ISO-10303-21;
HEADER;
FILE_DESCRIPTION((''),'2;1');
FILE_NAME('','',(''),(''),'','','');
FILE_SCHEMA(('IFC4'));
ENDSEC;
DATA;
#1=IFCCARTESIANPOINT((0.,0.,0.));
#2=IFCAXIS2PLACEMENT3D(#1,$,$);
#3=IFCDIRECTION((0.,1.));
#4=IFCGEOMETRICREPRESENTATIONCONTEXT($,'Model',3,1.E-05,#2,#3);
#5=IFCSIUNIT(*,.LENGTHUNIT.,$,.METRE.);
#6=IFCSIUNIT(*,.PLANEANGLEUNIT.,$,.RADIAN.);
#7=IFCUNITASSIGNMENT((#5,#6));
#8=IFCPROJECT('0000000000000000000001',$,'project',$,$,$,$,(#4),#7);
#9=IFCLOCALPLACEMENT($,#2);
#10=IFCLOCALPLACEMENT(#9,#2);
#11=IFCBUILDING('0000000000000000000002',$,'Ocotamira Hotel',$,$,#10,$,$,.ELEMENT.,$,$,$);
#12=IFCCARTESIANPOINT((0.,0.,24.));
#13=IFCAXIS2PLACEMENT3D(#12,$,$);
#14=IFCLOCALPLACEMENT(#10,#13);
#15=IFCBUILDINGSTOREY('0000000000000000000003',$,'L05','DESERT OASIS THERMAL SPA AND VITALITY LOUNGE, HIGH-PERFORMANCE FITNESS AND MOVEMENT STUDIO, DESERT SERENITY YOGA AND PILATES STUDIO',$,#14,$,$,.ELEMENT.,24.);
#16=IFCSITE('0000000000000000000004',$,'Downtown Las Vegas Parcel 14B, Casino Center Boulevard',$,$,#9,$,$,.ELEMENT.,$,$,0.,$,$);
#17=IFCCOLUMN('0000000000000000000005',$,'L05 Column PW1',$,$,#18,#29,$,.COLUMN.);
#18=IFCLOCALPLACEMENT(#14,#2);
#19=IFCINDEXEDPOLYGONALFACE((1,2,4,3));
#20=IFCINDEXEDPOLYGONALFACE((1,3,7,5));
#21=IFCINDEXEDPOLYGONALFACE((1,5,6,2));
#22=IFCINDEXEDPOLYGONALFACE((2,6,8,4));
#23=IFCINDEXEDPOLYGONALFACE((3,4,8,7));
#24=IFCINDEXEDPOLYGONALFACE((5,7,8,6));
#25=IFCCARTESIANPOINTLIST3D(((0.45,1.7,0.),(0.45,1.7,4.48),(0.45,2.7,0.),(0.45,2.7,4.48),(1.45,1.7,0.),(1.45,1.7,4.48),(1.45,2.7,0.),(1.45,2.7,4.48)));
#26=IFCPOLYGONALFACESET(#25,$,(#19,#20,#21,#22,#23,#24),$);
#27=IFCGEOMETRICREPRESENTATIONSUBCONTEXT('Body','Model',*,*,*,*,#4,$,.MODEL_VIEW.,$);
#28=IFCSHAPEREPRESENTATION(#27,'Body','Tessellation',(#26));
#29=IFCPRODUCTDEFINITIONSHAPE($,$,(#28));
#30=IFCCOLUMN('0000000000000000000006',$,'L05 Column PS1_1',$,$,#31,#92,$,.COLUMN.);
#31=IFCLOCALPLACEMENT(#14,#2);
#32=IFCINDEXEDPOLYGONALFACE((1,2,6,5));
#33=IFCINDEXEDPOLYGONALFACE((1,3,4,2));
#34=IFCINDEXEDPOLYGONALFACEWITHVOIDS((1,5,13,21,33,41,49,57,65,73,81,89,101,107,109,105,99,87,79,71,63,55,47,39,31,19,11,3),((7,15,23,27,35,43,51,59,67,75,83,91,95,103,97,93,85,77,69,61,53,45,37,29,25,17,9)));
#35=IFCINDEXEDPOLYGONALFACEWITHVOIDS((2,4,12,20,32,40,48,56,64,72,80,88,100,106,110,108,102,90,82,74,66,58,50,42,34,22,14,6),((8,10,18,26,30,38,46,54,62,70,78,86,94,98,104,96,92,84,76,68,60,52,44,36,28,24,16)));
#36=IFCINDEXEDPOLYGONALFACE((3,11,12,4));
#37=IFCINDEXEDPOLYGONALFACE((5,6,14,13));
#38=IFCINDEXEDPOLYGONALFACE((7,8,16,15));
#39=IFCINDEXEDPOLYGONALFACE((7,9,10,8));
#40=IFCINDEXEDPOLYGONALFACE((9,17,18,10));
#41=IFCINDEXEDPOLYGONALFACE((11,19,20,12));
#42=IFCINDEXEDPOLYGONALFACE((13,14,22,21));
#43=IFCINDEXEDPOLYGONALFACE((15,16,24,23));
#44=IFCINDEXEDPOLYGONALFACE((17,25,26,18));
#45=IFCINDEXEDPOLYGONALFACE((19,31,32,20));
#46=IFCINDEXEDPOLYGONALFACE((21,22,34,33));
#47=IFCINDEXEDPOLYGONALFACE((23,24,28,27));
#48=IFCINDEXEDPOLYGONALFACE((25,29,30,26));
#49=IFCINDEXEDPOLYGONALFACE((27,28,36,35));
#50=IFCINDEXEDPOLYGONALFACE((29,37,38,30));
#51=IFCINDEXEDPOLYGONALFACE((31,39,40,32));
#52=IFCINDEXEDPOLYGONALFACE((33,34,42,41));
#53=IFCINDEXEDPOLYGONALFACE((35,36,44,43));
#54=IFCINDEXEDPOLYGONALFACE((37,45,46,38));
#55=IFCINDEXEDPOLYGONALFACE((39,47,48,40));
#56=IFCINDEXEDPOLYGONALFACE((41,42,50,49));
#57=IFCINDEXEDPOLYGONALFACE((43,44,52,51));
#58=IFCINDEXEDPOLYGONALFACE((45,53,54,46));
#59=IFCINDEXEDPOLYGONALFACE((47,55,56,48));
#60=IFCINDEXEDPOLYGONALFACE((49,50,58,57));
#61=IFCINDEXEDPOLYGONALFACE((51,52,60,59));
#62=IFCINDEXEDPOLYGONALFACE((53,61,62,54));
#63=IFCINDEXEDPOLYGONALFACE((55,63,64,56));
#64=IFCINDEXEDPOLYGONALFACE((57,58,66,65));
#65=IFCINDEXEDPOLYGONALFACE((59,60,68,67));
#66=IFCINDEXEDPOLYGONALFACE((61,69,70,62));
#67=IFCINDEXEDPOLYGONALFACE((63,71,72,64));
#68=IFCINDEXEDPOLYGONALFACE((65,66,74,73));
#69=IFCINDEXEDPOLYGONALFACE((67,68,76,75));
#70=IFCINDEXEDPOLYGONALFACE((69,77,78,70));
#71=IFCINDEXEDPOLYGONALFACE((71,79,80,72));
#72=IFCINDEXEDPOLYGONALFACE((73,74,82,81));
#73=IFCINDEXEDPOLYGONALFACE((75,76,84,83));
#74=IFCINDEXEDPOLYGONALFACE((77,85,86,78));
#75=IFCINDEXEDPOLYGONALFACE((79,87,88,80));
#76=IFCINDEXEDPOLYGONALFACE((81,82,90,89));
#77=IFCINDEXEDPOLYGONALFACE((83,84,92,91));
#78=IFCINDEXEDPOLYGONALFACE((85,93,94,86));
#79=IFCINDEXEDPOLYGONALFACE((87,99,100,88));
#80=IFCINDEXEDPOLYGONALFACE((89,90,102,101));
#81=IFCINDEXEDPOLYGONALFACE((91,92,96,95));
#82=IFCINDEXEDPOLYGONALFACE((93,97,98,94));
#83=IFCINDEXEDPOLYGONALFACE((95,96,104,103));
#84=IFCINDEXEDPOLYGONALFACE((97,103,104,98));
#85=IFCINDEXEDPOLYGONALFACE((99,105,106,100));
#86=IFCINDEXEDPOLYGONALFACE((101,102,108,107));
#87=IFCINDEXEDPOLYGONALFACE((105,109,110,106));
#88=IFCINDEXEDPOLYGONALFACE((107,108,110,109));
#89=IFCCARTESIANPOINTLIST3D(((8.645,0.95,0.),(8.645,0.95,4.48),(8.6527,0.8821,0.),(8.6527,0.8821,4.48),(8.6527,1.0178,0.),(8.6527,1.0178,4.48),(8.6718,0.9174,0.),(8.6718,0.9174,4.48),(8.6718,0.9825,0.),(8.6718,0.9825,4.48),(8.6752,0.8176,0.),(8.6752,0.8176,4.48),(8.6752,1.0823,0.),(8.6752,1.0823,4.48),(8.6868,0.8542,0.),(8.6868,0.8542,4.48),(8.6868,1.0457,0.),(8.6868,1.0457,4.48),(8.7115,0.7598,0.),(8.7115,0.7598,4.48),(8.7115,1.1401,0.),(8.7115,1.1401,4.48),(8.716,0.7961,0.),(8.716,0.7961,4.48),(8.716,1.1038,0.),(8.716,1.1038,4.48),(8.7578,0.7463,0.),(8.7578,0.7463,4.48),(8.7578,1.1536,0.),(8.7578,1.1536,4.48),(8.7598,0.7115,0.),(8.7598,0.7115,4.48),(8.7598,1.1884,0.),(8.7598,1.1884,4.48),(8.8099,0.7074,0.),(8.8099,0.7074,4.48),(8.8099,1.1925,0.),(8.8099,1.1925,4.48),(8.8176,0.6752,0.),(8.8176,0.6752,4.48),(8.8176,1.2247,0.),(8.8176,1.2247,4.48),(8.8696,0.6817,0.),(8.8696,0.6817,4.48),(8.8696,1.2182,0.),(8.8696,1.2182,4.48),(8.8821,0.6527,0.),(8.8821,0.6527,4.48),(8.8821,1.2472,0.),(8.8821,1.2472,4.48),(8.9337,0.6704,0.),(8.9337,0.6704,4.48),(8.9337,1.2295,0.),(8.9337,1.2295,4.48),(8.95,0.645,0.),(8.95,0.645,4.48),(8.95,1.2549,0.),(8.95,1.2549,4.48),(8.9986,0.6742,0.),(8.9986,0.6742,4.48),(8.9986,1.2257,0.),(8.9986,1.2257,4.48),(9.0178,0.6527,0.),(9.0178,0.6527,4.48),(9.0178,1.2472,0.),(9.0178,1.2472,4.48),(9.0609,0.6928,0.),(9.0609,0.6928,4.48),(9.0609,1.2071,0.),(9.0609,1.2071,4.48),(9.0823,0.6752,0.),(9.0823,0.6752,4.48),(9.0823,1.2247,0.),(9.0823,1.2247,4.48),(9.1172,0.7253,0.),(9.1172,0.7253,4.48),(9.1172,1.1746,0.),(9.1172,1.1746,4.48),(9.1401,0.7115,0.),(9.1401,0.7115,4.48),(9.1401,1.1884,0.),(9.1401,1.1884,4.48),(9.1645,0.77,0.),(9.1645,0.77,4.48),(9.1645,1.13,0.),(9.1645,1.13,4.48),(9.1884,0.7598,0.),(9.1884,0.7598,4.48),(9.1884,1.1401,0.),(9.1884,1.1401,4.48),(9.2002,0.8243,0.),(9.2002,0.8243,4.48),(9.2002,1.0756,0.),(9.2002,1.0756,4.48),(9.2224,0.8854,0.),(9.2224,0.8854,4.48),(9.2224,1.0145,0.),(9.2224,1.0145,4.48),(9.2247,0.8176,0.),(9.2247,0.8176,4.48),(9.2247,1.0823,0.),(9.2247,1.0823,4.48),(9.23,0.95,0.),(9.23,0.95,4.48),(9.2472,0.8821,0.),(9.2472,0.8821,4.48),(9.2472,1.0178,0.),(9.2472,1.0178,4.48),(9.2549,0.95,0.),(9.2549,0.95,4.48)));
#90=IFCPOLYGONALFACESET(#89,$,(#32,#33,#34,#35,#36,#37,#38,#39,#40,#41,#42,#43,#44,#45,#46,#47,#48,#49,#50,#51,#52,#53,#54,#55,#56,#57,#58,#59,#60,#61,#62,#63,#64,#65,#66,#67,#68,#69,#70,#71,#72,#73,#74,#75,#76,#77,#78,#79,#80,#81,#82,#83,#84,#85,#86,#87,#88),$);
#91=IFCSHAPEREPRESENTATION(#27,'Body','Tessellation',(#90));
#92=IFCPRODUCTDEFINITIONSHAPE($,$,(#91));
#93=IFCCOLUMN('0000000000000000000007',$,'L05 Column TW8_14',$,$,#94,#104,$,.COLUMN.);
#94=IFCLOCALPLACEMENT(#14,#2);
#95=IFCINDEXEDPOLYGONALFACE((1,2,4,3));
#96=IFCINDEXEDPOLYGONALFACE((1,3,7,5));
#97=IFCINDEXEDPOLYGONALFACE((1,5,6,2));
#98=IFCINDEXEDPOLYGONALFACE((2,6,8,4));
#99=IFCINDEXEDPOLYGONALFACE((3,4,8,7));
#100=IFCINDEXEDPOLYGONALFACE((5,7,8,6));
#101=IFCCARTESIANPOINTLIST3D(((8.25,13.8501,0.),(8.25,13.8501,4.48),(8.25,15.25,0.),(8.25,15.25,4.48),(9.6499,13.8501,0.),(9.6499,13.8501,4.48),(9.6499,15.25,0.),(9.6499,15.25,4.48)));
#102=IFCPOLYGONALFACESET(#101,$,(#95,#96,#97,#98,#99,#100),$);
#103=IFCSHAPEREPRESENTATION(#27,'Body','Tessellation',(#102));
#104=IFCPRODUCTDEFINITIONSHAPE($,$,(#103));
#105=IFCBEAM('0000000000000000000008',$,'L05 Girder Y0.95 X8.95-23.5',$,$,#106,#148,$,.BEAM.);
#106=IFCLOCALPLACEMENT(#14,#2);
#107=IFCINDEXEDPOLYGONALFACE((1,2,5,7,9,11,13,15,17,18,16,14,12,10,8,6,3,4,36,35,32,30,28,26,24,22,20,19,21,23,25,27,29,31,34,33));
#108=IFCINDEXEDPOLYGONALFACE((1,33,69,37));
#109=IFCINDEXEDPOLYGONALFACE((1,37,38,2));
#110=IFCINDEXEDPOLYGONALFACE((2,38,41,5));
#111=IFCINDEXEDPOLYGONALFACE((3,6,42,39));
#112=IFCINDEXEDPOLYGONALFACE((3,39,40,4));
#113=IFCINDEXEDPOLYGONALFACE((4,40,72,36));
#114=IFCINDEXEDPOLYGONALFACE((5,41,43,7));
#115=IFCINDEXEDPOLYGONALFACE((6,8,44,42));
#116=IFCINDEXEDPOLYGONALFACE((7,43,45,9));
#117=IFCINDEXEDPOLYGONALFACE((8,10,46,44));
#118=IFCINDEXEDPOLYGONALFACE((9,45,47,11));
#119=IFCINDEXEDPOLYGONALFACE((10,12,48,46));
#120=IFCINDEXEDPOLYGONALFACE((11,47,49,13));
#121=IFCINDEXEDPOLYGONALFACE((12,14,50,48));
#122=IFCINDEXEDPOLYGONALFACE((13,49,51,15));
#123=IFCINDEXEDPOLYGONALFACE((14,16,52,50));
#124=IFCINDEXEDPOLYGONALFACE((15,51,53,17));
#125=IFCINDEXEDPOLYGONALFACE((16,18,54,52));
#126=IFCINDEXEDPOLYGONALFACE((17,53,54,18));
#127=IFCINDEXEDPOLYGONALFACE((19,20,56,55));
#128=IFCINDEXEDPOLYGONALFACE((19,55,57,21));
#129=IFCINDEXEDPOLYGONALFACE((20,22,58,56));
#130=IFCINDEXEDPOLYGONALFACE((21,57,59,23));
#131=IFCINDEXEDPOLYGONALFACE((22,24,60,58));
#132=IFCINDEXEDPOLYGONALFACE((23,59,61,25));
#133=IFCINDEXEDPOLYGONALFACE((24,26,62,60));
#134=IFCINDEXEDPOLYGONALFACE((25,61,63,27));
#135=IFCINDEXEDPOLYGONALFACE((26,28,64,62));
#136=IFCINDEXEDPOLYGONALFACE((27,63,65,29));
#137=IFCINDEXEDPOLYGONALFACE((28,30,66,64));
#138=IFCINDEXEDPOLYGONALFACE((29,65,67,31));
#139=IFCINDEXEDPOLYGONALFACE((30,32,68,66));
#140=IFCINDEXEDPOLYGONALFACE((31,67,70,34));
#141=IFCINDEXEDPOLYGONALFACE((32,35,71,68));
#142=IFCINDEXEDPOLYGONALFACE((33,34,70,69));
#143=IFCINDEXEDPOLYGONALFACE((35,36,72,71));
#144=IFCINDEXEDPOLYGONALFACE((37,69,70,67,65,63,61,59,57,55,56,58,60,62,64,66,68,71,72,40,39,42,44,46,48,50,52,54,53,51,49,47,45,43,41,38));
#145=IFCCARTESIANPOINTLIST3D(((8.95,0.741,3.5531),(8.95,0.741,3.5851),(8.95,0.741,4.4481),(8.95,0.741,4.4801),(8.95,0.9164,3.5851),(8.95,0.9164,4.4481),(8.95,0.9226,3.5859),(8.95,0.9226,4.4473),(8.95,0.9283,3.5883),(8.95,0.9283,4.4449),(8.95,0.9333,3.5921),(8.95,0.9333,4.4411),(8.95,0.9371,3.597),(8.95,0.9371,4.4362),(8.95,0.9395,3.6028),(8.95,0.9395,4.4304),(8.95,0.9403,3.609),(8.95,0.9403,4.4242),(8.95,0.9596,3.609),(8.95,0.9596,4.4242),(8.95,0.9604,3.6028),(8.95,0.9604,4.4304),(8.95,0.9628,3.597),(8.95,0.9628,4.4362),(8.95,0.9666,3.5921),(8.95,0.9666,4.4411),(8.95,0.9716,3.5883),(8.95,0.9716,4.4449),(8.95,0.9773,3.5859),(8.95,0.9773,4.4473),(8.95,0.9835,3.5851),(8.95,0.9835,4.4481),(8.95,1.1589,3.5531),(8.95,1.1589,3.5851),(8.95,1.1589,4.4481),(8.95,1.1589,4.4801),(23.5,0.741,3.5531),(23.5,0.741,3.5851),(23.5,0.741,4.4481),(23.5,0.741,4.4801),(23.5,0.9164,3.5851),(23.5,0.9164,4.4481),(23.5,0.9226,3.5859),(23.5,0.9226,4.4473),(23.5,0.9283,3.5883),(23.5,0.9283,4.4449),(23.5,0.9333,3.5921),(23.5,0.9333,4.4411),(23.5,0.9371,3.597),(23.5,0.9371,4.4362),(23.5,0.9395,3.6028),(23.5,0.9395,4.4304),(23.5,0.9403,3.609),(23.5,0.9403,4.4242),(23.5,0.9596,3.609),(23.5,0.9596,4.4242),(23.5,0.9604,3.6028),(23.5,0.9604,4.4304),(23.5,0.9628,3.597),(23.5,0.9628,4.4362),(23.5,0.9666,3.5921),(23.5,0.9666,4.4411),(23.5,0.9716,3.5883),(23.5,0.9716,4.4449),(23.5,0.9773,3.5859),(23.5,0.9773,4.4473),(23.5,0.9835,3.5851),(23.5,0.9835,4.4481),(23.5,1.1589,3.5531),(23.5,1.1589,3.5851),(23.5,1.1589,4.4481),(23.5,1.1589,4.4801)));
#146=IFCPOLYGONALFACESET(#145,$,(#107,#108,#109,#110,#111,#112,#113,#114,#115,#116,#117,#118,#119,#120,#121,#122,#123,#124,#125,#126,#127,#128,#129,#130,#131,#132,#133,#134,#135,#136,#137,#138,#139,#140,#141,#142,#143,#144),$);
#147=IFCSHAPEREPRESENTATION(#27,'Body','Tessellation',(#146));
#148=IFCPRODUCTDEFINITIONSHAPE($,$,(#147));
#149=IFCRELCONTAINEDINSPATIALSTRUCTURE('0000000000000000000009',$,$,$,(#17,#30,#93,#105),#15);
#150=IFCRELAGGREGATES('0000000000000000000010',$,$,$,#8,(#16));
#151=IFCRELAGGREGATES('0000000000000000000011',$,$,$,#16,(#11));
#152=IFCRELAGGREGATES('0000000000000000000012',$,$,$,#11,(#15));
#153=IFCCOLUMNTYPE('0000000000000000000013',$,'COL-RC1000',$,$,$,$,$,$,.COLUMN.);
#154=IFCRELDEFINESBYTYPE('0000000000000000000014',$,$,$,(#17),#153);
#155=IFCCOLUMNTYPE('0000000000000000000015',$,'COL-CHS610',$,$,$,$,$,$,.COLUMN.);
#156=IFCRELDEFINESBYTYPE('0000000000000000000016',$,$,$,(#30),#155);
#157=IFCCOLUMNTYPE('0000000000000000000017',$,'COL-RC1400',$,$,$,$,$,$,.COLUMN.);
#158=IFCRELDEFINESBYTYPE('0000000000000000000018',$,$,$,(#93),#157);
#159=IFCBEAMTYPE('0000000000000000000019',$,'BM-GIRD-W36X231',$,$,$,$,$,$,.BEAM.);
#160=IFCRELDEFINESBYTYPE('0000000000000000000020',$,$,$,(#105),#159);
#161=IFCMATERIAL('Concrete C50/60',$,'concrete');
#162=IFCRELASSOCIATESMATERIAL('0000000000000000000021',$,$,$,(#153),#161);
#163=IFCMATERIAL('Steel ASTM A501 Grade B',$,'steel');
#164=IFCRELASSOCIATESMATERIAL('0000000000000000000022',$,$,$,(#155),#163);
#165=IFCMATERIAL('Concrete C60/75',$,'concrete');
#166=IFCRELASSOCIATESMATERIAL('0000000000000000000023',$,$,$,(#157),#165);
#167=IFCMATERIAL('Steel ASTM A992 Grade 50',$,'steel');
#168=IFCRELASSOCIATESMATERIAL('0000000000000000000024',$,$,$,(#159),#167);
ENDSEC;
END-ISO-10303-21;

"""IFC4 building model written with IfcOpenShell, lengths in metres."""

from ifc_helpers import new_model, si_unit, direction, frame, origin, origin_2d, place, context, subcontext, project, spatial, rectangle, hollow_circle, i_section, extrude, source, transform, mapped, material, material_profile, profile_set, type_object, element, save


model = new_model("IFC4")

# Units and contexts
model_context = context("Model", 3, precision=1e-05, world=origin(), true_north=direction((0.0, 1.0)))
body_context = subcontext(model_context, "Body", "Model", "MODEL_VIEW")
ifc_project = project(units=[si_unit("LENGTHUNIT", "METRE"), si_unit("PLANEANGLEUNIT", "RADIAN")], contexts=[model_context])

# Site, building, storey
site_placement = place(None, origin())
site = spatial("IfcSite", under=ifc_project, at=site_placement, Name="Downtown Las Vegas Parcel 14B, Casino Center Boulevard", CompositionType="ELEMENT", RefElevation=0.0)
building_placement = place(site_placement, origin())
building = spatial("IfcBuilding", under=site, at=building_placement, Name="Ocotamira Hotel", CompositionType="ELEMENT")
storey_placement = place(building_placement, frame((0.0, 0.0, 24.0)))
storey = spatial("IfcBuildingStorey", under=building, at=storey_placement, Name="L05", Description="DESERT OASIS THERMAL SPA AND VITALITY LOUNGE, HIGH-PERFORMANCE FITNESS AND MOVEMENT STUDIO, DESERT SERENITY YOGA AND PILATES STUDIO", CompositionType="ELEMENT", Elevation=24.0)

# Columns
ifc_material_1 = material(Name="Concrete C50/60", Category="concrete")
ifc_material_profile_1 = material_profile(ifc_material_1, rectangle(XDim=1.0, YDim=1.0, at=origin_2d()), Name="RC1000X1000")
ifc_profile_set_1 = profile_set([ifc_material_profile_1], Name="Concrete C50/60")
column_type_1 = type_object("IfcColumnType", Name="COL-RC1000", PredefinedType="COLUMN", material=ifc_profile_set_1)
shared_shape_1 = source(origin(), body_context, "Body", "SweptSolid", [
    extrude(rectangle(XDim=1.0, YDim=1.0, at=origin_2d()), origin(), (0.0, 0.0, 1.0), 4.48),
])
column_1_placement = place(storey_placement, frame((0.95, 2.2, 0.0), z_axis=(0.0, 0.0, 1.0), x_axis=(1.0, 0.0, 0.0)))
element("IfcColumn", 1, at=column_1_placement, inside=storey, type_object=column_type_1, Name="L05 Column PW1", PredefinedType="COLUMN", context=body_context, shape_type="MappedRepresentation", body=[
    mapped(shared_shape_1, transform((0.0, 0.0, 0.0), scale=1.0)),
])
ifc_material_2 = material(Name="Steel ASTM A501 Grade B", Category="steel")
ifc_material_profile_2 = material_profile(ifc_material_2, hollow_circle(Radius=0.3049, WallThickness=0.0249, at=origin_2d()), Name="CHS610X25")
ifc_profile_set_2 = profile_set([ifc_material_profile_2], Name="Steel ASTM A501 Grade B")
column_type_2 = type_object("IfcColumnType", Name="COL-CHS610", PredefinedType="COLUMN", material=ifc_profile_set_2)
shared_shape_2 = source(origin(), body_context, "Body", "SweptSolid", [
    extrude(hollow_circle(Radius=0.3049, WallThickness=0.0249, at=origin_2d()), origin(), (0.0, 0.0, 1.0), 4.48),
])
column_2_placement = place(storey_placement, frame((8.95, 0.95, 0.0), z_axis=(0.0, 0.0, 1.0), x_axis=(1.0, 0.0, 0.0)))
element("IfcColumn", 2, at=column_2_placement, inside=storey, type_object=column_type_2, Name="L05 Column PS1_1", PredefinedType="COLUMN", context=body_context, shape_type="MappedRepresentation", body=[
    mapped(shared_shape_2, transform((0.0, 0.0, 0.0), scale=1.0)),
])
ifc_material_3 = material(Name="Concrete C60/75", Category="concrete")
ifc_material_profile_3 = material_profile(ifc_material_3, rectangle(XDim=1.3999, YDim=1.3999, at=origin_2d()), Name="RC1400X1400")
ifc_profile_set_3 = profile_set([ifc_material_profile_3], Name="Concrete C60/75")
column_type_3 = type_object("IfcColumnType", Name="COL-RC1400", PredefinedType="COLUMN", material=ifc_profile_set_3)
shared_shape_3 = source(origin(), body_context, "Body", "SweptSolid", [
    extrude(rectangle(XDim=1.3999, YDim=1.3999, at=origin_2d()), origin(), (0.0, 0.0, 1.0), 4.48),
])
column_3_placement = place(storey_placement, frame((8.95, 14.55, 0.0), z_axis=(0.0, 0.0, 1.0), x_axis=(1.0, 0.0, 0.0)))
element("IfcColumn", 3, at=column_3_placement, inside=storey, type_object=column_type_3, Name="L05 Column TW8_14", PredefinedType="COLUMN", context=body_context, shape_type="MappedRepresentation", body=[
    mapped(shared_shape_3, transform((0.0, 0.0, 0.0), scale=1.0)),
])

# Beam
ifc_material_4 = material(Name="Steel ASTM A992 Grade 50", Category="steel")
ifc_material_profile_4 = material_profile(ifc_material_4, i_section(OverallWidth=0.418, OverallDepth=0.927, WebThickness=0.0193, FlangeThickness=0.032, FilletRadius=0.0239, at=origin_2d()), Name="W36X231")
ifc_profile_set_4 = profile_set([ifc_material_profile_4], Name="Steel ASTM A992 Grade 50")
beam_type_1 = type_object("IfcBeamType", Name="BM-GIRD-W36X231", PredefinedType="BEAM", material=ifc_profile_set_4)
shared_shape_4 = source(origin(), body_context, "Body", "SweptSolid", [
    extrude(i_section(OverallWidth=0.418, OverallDepth=0.927, WebThickness=0.0193, FlangeThickness=0.032, FilletRadius=0.0239, at=origin_2d()), origin(), (0.0, 0.0, 1.0), 14.55),
])
beam_1_placement = place(storey_placement, frame((8.95, 0.95, 4.0166), z_axis=(1.0, 0.0, 0.0), x_axis=(0.0, 1.0, 0.0)))
element("IfcBeam", 4, at=beam_1_placement, inside=storey, type_object=beam_type_1, Name="L05 Girder Y0.95 X8.95-23.5", PredefinedType="BEAM", context=body_context, shape_type="MappedRepresentation", body=[
    mapped(shared_shape_4, transform((0.0, 0.0, 0.0), scale=1.0)),
])

save(model, "model.ifc")
